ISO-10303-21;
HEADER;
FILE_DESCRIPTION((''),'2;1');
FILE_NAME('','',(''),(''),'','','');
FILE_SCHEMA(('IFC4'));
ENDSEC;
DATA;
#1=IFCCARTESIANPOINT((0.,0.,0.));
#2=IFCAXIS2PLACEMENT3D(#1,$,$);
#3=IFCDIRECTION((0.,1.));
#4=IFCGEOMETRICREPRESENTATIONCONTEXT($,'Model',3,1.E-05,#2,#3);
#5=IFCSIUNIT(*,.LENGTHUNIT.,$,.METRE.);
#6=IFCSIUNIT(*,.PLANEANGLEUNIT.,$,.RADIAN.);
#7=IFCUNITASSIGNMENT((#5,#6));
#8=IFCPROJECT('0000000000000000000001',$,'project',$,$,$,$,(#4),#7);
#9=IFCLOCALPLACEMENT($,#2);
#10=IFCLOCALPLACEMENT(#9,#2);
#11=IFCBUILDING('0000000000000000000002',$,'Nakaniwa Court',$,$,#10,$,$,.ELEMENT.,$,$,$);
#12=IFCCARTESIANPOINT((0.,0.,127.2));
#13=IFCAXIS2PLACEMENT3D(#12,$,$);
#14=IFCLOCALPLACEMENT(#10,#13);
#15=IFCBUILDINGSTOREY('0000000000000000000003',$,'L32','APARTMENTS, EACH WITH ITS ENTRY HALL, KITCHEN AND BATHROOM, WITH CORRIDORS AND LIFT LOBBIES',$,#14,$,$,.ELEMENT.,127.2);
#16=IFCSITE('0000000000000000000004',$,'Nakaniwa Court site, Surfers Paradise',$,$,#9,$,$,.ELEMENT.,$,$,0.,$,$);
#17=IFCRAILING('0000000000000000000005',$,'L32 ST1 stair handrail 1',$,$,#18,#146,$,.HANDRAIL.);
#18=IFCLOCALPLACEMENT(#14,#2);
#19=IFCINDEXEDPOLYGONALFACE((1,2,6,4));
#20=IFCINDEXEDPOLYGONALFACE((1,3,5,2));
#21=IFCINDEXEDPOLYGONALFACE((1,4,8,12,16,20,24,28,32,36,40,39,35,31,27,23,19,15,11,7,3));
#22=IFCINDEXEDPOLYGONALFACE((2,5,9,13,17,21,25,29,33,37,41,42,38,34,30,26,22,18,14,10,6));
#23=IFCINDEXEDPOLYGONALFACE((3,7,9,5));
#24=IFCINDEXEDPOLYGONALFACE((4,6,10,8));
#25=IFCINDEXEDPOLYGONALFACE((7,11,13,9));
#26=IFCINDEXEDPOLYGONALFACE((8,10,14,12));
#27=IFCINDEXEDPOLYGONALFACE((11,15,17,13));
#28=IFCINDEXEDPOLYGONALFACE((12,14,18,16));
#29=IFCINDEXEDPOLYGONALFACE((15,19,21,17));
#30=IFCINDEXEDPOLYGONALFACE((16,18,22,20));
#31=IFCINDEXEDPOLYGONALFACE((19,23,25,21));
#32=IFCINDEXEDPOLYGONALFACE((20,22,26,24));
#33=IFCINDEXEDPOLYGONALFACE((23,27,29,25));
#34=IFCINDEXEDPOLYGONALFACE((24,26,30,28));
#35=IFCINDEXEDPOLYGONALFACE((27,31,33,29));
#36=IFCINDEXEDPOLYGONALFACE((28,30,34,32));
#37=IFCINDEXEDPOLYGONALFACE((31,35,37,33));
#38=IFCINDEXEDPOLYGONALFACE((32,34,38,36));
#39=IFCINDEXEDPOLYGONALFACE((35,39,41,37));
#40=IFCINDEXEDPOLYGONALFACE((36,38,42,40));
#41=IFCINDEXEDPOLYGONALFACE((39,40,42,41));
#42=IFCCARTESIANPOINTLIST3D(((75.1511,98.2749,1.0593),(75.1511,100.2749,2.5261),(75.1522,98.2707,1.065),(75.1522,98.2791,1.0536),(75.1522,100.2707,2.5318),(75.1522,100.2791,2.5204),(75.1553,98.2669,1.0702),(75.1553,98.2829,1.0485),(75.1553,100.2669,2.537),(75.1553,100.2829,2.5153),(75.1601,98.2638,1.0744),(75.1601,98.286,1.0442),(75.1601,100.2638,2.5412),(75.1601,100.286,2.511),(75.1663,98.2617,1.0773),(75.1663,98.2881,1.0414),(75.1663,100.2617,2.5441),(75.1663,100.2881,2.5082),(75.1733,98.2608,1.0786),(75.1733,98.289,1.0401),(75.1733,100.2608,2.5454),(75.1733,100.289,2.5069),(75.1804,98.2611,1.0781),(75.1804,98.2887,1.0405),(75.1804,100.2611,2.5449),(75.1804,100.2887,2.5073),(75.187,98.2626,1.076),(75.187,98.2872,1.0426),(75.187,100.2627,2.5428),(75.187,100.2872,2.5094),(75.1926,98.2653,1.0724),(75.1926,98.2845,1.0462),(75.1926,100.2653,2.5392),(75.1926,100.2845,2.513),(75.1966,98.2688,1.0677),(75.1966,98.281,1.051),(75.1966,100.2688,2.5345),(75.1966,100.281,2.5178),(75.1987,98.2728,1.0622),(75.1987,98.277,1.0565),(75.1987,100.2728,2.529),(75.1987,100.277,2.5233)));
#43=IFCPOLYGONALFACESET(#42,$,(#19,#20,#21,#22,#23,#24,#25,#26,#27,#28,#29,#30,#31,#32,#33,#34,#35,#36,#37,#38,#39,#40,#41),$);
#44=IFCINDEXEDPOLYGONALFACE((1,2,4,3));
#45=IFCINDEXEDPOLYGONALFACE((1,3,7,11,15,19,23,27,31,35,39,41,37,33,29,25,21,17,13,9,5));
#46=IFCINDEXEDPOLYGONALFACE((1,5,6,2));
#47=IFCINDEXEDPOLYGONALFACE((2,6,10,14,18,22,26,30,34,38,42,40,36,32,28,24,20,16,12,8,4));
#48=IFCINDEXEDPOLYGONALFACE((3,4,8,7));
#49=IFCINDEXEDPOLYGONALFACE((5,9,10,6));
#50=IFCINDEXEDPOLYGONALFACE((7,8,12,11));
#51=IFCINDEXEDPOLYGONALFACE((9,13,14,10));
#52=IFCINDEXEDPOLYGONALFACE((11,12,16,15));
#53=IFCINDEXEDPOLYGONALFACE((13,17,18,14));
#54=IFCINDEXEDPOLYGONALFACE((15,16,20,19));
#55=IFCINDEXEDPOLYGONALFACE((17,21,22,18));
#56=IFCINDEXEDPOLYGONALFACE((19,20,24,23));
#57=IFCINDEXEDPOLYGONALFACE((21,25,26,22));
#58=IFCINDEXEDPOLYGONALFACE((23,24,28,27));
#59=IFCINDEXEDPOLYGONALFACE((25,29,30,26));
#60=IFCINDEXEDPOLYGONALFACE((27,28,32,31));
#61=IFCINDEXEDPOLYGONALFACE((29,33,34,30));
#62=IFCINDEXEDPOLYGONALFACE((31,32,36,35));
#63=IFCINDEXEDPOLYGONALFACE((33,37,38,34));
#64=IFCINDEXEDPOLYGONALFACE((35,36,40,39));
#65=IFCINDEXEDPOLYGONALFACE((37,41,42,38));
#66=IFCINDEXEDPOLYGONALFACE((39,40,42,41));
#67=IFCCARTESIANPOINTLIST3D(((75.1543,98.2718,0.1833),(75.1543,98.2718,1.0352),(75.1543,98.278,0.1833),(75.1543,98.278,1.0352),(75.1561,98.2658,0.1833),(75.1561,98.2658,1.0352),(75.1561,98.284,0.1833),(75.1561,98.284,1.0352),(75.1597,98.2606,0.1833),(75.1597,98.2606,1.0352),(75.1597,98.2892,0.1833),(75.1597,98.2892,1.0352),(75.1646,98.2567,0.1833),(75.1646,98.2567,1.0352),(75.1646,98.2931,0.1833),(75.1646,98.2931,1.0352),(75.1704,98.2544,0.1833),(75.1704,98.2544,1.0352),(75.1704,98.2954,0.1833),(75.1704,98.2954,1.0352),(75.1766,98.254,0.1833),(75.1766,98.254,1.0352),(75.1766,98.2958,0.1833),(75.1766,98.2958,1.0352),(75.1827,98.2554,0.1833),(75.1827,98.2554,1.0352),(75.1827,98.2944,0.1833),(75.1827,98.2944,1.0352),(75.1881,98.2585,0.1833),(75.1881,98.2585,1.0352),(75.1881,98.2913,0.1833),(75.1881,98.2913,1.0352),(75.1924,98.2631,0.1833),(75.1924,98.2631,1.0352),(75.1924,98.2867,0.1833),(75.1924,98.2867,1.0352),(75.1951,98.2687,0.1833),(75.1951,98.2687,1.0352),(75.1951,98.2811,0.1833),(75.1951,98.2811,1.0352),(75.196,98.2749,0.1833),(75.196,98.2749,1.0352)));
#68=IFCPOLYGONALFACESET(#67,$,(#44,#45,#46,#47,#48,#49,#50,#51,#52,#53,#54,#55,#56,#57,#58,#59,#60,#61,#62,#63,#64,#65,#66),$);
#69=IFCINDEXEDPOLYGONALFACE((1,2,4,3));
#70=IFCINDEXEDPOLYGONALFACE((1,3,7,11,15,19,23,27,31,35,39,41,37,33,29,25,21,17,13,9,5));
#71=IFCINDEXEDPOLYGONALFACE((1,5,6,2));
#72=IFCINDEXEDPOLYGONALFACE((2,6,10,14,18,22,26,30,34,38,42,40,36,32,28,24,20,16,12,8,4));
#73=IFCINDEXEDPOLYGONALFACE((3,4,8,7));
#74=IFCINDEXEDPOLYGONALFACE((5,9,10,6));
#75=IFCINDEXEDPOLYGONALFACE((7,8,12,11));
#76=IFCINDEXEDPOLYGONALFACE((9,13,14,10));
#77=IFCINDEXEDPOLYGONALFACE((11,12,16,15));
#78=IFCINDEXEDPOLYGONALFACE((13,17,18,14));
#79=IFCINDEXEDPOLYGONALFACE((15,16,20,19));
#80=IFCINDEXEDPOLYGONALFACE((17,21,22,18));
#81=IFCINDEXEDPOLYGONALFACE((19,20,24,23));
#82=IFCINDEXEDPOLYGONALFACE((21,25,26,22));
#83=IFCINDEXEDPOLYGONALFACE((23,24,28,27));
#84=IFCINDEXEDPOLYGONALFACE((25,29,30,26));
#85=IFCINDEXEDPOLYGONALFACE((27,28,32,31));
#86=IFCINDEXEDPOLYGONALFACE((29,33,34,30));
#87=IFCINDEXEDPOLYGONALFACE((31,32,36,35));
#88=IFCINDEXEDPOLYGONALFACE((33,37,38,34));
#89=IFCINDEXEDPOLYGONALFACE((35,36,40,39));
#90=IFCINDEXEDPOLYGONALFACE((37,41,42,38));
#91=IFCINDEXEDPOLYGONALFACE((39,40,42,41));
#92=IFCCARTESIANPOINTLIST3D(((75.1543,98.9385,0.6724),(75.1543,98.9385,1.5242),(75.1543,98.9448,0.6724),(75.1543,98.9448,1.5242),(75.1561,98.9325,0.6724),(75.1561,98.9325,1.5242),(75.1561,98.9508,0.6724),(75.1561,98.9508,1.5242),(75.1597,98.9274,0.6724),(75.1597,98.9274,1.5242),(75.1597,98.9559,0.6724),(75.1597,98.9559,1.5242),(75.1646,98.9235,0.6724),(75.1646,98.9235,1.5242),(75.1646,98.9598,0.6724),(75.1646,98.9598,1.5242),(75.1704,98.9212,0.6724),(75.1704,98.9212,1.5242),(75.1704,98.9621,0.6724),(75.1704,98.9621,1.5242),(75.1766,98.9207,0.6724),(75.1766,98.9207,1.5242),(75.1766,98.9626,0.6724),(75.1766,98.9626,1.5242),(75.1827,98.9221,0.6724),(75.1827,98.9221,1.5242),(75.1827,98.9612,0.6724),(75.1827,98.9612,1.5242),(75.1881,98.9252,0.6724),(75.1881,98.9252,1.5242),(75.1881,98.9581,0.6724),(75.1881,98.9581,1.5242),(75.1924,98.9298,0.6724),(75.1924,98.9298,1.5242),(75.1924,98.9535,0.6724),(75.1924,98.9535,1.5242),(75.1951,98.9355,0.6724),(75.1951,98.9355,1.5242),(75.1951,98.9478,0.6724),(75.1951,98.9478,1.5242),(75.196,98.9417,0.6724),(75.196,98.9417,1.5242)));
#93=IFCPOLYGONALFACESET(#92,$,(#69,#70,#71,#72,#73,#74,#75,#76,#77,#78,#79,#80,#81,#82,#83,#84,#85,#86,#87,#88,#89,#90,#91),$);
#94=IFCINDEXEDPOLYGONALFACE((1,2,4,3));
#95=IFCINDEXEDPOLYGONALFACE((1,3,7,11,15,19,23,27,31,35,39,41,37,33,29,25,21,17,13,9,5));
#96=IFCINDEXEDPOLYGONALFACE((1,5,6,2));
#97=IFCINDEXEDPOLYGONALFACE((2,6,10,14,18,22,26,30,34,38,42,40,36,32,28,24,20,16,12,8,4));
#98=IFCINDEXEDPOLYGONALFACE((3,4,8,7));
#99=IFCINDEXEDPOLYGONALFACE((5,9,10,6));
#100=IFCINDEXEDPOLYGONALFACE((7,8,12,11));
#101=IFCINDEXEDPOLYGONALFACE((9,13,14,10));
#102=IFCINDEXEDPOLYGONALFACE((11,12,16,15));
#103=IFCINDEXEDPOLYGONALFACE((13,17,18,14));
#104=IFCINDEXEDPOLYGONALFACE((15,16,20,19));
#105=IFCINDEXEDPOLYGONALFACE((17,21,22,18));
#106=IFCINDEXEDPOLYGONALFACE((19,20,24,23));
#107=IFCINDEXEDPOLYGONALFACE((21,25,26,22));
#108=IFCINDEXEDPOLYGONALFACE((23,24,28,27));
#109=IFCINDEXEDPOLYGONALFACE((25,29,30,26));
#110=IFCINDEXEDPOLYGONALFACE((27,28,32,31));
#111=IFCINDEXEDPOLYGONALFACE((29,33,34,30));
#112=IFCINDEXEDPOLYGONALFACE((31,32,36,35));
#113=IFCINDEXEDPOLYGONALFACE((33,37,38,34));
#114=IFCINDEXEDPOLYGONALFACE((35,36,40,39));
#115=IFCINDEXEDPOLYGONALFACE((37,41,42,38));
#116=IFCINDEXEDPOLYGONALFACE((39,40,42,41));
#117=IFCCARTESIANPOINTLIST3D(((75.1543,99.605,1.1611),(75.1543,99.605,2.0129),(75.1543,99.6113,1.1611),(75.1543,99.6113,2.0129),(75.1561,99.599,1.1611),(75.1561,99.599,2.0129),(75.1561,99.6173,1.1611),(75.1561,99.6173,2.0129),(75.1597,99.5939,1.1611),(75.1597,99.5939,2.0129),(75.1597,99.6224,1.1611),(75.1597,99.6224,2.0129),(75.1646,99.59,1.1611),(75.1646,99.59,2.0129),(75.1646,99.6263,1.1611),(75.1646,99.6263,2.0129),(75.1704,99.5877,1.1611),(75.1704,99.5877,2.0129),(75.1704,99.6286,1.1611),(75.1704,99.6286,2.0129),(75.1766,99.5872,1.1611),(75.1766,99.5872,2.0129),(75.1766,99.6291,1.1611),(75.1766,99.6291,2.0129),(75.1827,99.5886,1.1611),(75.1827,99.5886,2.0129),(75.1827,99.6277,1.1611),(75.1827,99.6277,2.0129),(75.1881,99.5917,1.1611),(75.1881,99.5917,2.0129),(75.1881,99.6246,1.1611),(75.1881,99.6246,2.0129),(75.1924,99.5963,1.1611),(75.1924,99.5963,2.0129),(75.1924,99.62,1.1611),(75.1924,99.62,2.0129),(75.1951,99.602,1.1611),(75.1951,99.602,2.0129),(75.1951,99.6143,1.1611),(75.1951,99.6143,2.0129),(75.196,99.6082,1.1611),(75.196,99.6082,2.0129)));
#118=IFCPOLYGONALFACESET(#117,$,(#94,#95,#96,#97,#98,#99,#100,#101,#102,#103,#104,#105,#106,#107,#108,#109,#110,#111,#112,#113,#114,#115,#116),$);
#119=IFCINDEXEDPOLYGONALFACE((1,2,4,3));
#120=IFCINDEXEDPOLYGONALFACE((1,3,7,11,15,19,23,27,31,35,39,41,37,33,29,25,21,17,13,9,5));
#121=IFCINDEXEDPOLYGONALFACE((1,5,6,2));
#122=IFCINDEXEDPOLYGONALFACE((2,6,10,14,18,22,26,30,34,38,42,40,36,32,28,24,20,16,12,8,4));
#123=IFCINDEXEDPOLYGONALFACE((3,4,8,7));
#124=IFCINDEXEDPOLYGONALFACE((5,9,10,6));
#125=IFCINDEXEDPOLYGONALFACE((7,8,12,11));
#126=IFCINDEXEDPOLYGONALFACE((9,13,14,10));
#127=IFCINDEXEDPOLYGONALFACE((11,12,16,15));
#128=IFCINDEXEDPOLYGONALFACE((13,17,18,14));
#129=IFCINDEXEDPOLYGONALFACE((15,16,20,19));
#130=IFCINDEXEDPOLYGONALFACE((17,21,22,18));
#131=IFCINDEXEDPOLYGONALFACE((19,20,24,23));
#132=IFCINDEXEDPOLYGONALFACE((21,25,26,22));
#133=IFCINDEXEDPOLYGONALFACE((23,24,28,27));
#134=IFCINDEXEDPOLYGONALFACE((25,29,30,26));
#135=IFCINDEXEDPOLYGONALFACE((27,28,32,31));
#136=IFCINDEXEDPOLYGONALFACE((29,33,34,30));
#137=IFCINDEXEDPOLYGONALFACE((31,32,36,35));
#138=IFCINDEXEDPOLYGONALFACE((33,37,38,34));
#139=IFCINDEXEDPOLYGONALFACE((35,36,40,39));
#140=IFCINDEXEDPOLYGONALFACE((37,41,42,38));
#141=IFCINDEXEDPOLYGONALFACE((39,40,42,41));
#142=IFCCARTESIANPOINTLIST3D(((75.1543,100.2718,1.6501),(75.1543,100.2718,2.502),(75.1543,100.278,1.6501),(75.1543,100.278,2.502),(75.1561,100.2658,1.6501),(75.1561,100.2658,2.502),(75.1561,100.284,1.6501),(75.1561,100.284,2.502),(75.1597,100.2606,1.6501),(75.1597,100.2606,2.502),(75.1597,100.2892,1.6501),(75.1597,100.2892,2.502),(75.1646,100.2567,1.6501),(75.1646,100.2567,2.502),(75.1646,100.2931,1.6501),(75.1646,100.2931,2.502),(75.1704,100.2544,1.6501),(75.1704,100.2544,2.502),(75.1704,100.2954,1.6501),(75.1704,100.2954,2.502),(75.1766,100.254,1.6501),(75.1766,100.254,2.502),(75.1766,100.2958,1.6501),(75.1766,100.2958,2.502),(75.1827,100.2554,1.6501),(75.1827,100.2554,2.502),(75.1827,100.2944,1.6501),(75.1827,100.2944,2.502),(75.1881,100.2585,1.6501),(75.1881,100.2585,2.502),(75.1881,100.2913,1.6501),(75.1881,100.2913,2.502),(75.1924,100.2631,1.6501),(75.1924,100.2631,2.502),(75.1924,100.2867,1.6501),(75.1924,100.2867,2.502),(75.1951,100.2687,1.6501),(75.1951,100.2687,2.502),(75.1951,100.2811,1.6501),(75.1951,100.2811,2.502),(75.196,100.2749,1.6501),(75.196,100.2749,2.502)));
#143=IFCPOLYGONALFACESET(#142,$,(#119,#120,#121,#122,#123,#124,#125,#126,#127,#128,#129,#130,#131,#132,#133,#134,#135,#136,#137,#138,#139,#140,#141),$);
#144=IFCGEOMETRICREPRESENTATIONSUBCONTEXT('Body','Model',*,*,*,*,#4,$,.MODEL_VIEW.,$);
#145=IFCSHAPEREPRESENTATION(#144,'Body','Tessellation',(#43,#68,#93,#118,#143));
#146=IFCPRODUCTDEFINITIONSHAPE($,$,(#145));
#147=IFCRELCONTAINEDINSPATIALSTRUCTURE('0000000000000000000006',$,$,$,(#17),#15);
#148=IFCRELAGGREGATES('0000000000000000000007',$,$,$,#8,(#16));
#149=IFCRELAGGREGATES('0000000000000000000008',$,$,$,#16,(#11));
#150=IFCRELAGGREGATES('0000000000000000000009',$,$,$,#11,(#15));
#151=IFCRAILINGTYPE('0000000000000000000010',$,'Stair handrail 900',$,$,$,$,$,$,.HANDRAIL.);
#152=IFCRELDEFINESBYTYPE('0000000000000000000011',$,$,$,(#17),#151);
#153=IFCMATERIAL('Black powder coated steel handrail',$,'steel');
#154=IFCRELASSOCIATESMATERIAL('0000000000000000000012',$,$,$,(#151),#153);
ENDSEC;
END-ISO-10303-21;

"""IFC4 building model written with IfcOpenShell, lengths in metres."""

from ifc_helpers import new_model, si_unit, direction, frame, origin, origin_2d, place, context, subcontext, project, spatial, circle, extrude, material, type_object, element, save


model = new_model("IFC4")

# Units and contexts
model_context = context("Model", 3, precision=1e-05, world=origin(), true_north=direction((0.0, 1.0)))
body_context = subcontext(model_context, "Body", "Model", "MODEL_VIEW")
ifc_project = project(units=[si_unit("LENGTHUNIT", "METRE"), si_unit("PLANEANGLEUNIT", "RADIAN")], contexts=[model_context])

# Site, building, storey
site_placement = place(None, origin())
site = spatial("IfcSite", under=ifc_project, at=site_placement, Name="Nakaniwa Court site, Surfers Paradise", CompositionType="ELEMENT", RefElevation=0.0)
building_placement = place(site_placement, origin())
building = spatial("IfcBuilding", under=site, at=building_placement, Name="Nakaniwa Court", CompositionType="ELEMENT")
storey_placement = place(building_placement, frame((0.0, 0.0, 127.2)))
storey = spatial("IfcBuildingStorey", under=building, at=storey_placement, Name="L32", Description="APARTMENTS, EACH WITH ITS ENTRY HALL, KITCHEN AND BATHROOM, WITH CORRIDORS AND LIFT LOBBIES", CompositionType="ELEMENT", Elevation=127.2)

# Railing
ifc_material_1 = material(Name="Black powder coated steel handrail", Category="steel")
railing_type_1 = type_object("IfcRailingType", Name="Stair handrail 900", PredefinedType="HANDRAIL", material=ifc_material_1)
railing_1_placement = place(storey_placement, frame((75.175, 98.2749, 0.1833)))
element("IfcRailing", 1, at=railing_1_placement, inside=storey, type_object=railing_type_1, Name="L32 ST1 stair handrail 1", PredefinedType="HANDRAIL", context=body_context, shape_type="SweptSolid", body=[
    extrude(circle(Radius=0.0239, at=origin_2d()), frame((0.0, 0.0, 0.876), z_axis=(0.0, 0.80638, 0.591398), x_axis=(-1.0, 0.0, 0.0)), (0.0, 0.0, 1.0), 2.4802),
    extrude(circle(Radius=0.021, at=origin_2d()), origin(), (0.0, 0.0, 1.0), 0.8518),
    extrude(circle(Radius=0.021, at=origin_2d()), frame((0.0, 0.6667, 0.489)), (0.0, 0.0, 1.0), 0.8518),
    extrude(circle(Radius=0.021, at=origin_2d()), frame((0.0, 1.3333, 0.9778)), (0.0, 0.0, 1.0), 0.8518),
    extrude(circle(Radius=0.021, at=origin_2d()), frame((0.0, 2.0, 1.4668)), (0.0, 0.0, 1.0), 0.8518),
])

save(model, "model.ifc")
